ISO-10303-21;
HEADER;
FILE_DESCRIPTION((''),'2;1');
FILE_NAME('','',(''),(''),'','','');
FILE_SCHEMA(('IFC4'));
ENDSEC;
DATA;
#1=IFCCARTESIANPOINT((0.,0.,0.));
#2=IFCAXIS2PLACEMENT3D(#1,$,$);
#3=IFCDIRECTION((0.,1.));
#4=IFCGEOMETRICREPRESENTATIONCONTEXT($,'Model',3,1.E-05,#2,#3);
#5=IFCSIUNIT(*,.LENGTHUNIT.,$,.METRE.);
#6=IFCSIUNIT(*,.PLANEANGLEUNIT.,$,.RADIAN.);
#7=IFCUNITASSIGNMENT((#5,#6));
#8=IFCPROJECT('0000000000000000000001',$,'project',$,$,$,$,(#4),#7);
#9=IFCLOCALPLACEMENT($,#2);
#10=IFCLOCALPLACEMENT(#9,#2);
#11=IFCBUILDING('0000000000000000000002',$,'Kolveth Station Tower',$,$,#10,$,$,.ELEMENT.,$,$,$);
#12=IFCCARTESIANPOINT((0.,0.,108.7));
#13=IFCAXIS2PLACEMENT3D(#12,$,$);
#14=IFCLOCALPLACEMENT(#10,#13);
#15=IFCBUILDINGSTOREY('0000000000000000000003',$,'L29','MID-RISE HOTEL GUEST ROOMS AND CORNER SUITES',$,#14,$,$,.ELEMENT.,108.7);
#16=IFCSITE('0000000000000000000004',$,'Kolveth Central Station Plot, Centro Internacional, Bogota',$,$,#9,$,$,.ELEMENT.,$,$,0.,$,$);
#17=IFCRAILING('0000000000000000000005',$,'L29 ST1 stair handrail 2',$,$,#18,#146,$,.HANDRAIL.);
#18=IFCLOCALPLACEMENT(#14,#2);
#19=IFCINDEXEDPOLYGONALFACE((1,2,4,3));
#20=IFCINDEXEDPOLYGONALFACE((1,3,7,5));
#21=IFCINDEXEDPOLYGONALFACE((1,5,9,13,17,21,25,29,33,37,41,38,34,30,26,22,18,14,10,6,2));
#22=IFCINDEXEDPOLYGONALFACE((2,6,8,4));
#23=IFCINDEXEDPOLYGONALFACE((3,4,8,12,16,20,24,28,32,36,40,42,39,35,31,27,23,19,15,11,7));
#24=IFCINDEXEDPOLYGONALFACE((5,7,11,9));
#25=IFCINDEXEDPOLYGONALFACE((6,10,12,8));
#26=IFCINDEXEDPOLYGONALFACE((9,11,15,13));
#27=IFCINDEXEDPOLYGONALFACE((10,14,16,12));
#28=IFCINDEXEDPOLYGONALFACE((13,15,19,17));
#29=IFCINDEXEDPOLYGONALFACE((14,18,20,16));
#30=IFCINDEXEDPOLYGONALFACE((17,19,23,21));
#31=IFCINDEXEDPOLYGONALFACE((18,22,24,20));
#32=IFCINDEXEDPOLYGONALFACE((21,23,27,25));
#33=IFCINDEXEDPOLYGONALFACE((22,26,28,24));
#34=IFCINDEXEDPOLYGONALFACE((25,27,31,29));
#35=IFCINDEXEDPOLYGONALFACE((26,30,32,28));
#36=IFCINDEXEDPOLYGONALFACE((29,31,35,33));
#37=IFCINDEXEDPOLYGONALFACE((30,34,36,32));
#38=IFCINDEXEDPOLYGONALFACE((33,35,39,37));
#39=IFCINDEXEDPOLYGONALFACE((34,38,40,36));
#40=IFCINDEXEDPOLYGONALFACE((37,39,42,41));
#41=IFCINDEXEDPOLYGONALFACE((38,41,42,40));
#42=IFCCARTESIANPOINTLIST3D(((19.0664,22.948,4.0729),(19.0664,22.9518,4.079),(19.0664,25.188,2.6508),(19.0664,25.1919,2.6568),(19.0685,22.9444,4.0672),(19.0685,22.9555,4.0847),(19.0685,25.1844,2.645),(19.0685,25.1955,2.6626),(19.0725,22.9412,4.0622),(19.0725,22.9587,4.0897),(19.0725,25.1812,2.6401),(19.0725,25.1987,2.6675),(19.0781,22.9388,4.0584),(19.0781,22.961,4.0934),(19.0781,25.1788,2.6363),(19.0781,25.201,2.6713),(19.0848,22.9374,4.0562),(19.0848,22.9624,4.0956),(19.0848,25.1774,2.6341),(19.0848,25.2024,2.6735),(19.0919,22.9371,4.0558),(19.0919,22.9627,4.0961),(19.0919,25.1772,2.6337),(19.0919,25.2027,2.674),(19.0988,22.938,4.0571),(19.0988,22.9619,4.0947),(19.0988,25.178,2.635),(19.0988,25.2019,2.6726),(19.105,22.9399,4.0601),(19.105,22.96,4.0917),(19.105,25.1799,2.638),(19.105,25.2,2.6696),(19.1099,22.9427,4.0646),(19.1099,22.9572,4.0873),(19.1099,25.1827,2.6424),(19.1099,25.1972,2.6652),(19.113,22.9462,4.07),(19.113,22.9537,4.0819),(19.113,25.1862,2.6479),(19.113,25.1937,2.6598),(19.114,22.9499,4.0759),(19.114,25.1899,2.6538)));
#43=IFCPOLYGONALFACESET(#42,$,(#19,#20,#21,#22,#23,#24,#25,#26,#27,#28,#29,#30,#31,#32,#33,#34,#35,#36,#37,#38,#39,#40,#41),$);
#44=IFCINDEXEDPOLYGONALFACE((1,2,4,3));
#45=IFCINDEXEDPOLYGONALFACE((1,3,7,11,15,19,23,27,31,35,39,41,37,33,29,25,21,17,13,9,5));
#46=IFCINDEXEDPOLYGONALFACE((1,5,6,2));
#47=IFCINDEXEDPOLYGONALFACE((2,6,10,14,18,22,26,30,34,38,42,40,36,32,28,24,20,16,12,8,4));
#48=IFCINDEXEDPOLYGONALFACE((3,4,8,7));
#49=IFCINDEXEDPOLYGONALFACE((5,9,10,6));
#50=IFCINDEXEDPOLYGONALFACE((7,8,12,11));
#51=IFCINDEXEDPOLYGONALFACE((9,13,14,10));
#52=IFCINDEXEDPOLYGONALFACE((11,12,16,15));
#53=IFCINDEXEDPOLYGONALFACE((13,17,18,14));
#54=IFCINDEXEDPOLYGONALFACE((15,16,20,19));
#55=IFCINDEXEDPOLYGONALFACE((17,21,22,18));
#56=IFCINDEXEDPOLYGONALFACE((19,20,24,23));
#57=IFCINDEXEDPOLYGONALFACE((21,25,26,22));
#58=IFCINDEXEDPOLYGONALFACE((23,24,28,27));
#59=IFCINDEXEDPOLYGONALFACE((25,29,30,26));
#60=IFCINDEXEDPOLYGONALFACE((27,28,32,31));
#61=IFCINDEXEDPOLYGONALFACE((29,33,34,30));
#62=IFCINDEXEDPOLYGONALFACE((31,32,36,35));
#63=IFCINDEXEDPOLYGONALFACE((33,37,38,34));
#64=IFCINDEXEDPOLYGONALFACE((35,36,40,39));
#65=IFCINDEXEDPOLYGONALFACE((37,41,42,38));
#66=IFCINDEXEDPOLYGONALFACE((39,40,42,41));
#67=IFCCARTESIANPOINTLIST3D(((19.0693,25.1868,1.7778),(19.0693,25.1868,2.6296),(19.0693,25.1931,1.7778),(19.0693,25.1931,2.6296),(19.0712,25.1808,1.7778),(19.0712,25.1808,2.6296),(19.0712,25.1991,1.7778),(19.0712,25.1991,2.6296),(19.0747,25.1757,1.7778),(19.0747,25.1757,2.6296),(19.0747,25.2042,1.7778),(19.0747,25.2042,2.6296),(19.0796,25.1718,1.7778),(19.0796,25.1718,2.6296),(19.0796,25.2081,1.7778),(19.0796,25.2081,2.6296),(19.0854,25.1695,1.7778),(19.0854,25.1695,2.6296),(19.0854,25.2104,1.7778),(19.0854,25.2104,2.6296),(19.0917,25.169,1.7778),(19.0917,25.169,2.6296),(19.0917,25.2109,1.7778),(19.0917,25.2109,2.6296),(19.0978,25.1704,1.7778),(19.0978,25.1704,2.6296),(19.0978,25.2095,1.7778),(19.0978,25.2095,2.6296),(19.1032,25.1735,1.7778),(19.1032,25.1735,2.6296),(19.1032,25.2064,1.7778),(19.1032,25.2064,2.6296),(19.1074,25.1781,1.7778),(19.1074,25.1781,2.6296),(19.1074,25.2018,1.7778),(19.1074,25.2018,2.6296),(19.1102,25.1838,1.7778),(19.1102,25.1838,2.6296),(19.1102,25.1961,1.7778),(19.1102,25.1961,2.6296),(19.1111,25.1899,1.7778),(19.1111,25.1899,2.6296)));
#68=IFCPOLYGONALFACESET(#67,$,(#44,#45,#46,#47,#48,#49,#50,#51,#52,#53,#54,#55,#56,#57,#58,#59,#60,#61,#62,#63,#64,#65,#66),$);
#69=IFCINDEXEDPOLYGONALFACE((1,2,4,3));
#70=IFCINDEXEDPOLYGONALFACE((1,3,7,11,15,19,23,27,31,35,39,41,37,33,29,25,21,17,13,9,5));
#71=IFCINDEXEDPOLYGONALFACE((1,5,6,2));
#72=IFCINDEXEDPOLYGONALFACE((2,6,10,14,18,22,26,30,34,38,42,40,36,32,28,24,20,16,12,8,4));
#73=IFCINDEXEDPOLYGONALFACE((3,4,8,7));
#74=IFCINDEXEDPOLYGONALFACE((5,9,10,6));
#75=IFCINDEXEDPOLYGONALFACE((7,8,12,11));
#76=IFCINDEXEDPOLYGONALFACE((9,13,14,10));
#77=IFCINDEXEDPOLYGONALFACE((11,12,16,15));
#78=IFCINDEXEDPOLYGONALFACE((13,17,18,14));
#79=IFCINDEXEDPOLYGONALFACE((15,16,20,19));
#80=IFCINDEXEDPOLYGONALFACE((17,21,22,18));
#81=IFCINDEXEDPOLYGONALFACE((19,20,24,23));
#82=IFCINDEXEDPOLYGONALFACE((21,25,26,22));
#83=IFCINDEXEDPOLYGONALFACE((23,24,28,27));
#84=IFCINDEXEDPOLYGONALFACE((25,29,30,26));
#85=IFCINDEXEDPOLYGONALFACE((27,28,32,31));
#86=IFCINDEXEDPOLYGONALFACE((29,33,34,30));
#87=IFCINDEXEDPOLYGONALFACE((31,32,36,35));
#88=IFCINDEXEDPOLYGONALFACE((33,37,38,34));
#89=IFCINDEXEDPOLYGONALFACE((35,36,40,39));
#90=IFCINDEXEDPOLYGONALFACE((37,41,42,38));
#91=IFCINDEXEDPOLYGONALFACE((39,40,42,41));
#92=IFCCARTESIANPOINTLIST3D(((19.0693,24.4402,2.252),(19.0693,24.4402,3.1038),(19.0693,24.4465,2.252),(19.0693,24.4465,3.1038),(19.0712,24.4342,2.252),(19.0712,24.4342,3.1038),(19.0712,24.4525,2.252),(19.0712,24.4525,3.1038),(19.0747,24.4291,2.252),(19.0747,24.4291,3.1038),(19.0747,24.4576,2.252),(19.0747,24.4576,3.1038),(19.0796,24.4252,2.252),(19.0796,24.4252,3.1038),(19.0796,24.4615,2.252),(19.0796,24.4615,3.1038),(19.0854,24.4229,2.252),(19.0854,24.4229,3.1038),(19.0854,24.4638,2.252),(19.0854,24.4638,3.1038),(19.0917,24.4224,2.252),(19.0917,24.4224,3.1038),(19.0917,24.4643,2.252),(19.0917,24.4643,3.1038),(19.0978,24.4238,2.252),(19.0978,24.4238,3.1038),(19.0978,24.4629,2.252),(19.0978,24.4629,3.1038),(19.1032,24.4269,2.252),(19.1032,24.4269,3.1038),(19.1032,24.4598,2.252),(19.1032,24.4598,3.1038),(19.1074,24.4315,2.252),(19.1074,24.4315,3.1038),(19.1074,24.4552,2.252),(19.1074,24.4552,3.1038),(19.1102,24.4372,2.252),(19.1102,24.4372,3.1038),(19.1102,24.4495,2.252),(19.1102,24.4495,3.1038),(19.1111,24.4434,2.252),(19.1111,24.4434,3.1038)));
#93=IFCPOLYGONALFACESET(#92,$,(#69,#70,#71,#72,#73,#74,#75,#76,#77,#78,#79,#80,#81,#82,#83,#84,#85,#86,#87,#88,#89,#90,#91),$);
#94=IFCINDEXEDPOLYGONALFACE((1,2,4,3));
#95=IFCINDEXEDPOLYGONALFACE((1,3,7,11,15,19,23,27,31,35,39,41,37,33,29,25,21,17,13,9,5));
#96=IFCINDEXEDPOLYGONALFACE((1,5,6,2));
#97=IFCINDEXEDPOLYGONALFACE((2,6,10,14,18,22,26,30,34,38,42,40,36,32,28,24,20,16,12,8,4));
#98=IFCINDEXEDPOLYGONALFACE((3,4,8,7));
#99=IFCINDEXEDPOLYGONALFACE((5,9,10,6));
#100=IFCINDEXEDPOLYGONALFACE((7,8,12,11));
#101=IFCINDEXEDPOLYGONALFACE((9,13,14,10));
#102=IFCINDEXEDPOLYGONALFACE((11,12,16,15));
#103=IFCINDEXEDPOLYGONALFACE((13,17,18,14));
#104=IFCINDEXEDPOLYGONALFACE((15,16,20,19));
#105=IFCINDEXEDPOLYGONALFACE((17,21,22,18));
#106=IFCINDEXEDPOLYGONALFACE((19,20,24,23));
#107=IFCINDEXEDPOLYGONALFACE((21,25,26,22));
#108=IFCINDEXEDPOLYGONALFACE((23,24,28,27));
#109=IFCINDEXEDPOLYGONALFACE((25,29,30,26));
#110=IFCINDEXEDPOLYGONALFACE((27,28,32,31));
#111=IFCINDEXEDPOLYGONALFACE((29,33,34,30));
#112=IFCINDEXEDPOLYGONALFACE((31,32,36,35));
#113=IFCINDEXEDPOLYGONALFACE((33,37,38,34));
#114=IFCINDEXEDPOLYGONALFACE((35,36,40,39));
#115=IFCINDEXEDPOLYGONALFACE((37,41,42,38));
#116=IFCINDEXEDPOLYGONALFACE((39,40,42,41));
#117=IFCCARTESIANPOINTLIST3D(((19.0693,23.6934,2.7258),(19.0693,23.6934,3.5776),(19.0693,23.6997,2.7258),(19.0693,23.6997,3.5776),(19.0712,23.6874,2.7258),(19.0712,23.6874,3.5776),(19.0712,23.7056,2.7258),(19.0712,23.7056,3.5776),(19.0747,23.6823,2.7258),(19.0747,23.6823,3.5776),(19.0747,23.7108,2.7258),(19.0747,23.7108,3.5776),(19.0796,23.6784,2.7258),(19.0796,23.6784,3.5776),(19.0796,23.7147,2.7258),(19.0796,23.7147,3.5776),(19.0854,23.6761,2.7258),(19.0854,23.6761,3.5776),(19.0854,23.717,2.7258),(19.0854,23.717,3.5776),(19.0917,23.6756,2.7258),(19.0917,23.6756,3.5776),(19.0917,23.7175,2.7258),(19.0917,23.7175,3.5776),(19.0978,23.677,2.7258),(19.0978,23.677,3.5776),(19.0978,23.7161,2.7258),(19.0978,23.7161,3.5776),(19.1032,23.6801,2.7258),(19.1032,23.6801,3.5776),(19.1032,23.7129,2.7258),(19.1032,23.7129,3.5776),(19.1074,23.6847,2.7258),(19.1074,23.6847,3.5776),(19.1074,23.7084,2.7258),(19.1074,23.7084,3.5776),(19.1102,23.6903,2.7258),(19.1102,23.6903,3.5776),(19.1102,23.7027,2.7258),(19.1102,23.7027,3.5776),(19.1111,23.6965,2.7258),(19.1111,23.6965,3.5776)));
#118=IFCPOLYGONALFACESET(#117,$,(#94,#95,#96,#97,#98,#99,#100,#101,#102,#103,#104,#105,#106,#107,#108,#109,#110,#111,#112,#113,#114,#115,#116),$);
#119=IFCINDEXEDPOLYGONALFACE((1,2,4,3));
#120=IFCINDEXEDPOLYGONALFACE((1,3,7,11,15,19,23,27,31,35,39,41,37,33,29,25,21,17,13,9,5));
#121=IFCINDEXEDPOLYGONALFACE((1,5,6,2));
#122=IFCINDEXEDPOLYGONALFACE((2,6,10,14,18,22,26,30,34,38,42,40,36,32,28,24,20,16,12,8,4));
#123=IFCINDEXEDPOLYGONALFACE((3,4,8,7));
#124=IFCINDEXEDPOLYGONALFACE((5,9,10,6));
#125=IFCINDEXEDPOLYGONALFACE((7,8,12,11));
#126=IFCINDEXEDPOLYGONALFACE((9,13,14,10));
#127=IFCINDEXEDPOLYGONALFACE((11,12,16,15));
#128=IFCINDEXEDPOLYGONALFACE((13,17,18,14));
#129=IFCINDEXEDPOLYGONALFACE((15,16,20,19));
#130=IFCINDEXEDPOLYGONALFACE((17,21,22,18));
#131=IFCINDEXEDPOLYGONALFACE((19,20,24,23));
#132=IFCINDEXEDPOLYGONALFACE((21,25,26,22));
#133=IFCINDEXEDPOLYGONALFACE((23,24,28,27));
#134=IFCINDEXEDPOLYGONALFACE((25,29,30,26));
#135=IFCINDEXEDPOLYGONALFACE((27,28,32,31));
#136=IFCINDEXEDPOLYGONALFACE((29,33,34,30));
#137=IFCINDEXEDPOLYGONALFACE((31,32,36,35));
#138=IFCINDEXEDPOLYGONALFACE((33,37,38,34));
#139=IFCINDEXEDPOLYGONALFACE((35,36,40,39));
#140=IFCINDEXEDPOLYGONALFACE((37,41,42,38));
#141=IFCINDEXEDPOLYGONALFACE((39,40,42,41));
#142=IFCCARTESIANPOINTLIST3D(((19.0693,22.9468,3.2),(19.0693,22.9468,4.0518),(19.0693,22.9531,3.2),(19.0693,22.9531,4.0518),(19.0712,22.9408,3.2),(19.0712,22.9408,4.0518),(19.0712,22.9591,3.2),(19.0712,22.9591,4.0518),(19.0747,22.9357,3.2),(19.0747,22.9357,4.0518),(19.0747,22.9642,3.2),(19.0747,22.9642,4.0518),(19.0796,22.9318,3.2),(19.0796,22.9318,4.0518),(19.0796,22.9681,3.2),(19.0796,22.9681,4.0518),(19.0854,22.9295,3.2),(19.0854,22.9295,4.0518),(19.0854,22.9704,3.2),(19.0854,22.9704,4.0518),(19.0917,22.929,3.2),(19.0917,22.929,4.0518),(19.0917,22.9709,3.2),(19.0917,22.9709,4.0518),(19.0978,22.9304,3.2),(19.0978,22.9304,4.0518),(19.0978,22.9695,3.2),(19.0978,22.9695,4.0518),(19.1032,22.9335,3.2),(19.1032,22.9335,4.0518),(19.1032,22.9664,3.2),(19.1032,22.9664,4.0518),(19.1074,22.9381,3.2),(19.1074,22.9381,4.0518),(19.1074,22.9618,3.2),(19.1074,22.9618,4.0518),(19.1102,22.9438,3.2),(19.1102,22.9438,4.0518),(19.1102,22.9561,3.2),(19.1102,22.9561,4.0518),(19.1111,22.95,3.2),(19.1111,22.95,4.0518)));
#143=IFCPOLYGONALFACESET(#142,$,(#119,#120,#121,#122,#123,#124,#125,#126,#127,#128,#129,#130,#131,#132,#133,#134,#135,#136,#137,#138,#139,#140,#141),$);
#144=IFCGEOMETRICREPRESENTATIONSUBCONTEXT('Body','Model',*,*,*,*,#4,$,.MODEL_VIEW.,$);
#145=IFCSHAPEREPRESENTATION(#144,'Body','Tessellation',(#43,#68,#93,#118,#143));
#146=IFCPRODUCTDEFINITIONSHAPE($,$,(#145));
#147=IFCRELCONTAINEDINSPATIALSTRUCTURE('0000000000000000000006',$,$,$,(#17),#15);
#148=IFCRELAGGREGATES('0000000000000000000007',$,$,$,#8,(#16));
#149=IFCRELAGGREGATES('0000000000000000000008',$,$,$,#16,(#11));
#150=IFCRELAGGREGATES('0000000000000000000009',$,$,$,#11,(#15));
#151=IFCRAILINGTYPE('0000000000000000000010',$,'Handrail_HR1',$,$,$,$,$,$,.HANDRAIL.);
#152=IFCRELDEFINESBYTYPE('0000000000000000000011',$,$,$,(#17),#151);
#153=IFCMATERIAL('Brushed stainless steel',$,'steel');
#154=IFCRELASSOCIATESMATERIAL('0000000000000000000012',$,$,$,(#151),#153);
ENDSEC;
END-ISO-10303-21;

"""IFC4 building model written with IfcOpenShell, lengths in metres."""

from ifc_helpers import new_model, si_unit, direction, frame, origin, origin_2d, place, context, subcontext, project, spatial, circle, extrude, material, type_object, element, save


model = new_model("IFC4")

# Units and contexts
model_context = context("Model", 3, precision=1e-05, world=origin(), true_north=direction((0.0, 1.0)))
body_context = subcontext(model_context, "Body", "Model", "MODEL_VIEW")
ifc_project = project(units=[si_unit("LENGTHUNIT", "METRE"), si_unit("PLANEANGLEUNIT", "RADIAN")], contexts=[model_context])

# Site, building, storey
site_placement = place(None, origin())
site = spatial("IfcSite", under=ifc_project, at=site_placement, Name="Kolveth Central Station Plot, Centro Internacional, Bogota", CompositionType="ELEMENT", RefElevation=0.0)
building_placement = place(site_placement, origin())
building = spatial("IfcBuilding", under=site, at=building_placement, Name="Kolveth Station Tower", CompositionType="ELEMENT")
storey_placement = place(building_placement, frame((0.0, 0.0, 108.7)))
storey = spatial("IfcBuildingStorey", under=building, at=storey_placement, Name="L29", Description="MID-RISE HOTEL GUEST ROOMS AND CORNER SUITES", CompositionType="ELEMENT", Elevation=108.7)

# Railing
ifc_material_1 = material(Name="Brushed stainless steel", Category="steel")
railing_type_1 = type_object("IfcRailingType", Name="Handrail_HR1", PredefinedType="HANDRAIL", material=ifc_material_1)
railing_1_placement = place(storey_placement, frame((19.0901, 25.1899, 1.7778)))
element("IfcRailing", 1, at=railing_1_placement, inside=storey, type_object=railing_type_1, Name="L29 ST1 stair handrail 2", PredefinedType="HANDRAIL", context=body_context, shape_type="SweptSolid", body=[
    extrude(circle(Radius=0.0239, at=origin_2d()), frame((0.0, 0.0, 0.876), z_axis=(0.0, -0.844229, 0.535982), x_axis=(1.0, 0.0, 0.0)), (0.0, 0.0, 1.0), 2.6533),
    extrude(circle(Radius=0.021, at=origin_2d()), origin(), (0.0, 0.0, 1.0), 0.8518),
    extrude(circle(Radius=0.021, at=origin_2d()), frame((0.0, -0.7466, 0.4741)), (0.0, 0.0, 1.0), 0.8518),
    extrude(circle(Radius=0.021, at=origin_2d()), frame((0.0, -1.4934, 0.948)), (0.0, 0.0, 1.0), 0.8518),
    extrude(circle(Radius=0.021, at=origin_2d()), frame((0.0, -2.24, 1.4221)), (0.0, 0.0, 1.0), 0.8518),
])

save(model, "model.ifc")
